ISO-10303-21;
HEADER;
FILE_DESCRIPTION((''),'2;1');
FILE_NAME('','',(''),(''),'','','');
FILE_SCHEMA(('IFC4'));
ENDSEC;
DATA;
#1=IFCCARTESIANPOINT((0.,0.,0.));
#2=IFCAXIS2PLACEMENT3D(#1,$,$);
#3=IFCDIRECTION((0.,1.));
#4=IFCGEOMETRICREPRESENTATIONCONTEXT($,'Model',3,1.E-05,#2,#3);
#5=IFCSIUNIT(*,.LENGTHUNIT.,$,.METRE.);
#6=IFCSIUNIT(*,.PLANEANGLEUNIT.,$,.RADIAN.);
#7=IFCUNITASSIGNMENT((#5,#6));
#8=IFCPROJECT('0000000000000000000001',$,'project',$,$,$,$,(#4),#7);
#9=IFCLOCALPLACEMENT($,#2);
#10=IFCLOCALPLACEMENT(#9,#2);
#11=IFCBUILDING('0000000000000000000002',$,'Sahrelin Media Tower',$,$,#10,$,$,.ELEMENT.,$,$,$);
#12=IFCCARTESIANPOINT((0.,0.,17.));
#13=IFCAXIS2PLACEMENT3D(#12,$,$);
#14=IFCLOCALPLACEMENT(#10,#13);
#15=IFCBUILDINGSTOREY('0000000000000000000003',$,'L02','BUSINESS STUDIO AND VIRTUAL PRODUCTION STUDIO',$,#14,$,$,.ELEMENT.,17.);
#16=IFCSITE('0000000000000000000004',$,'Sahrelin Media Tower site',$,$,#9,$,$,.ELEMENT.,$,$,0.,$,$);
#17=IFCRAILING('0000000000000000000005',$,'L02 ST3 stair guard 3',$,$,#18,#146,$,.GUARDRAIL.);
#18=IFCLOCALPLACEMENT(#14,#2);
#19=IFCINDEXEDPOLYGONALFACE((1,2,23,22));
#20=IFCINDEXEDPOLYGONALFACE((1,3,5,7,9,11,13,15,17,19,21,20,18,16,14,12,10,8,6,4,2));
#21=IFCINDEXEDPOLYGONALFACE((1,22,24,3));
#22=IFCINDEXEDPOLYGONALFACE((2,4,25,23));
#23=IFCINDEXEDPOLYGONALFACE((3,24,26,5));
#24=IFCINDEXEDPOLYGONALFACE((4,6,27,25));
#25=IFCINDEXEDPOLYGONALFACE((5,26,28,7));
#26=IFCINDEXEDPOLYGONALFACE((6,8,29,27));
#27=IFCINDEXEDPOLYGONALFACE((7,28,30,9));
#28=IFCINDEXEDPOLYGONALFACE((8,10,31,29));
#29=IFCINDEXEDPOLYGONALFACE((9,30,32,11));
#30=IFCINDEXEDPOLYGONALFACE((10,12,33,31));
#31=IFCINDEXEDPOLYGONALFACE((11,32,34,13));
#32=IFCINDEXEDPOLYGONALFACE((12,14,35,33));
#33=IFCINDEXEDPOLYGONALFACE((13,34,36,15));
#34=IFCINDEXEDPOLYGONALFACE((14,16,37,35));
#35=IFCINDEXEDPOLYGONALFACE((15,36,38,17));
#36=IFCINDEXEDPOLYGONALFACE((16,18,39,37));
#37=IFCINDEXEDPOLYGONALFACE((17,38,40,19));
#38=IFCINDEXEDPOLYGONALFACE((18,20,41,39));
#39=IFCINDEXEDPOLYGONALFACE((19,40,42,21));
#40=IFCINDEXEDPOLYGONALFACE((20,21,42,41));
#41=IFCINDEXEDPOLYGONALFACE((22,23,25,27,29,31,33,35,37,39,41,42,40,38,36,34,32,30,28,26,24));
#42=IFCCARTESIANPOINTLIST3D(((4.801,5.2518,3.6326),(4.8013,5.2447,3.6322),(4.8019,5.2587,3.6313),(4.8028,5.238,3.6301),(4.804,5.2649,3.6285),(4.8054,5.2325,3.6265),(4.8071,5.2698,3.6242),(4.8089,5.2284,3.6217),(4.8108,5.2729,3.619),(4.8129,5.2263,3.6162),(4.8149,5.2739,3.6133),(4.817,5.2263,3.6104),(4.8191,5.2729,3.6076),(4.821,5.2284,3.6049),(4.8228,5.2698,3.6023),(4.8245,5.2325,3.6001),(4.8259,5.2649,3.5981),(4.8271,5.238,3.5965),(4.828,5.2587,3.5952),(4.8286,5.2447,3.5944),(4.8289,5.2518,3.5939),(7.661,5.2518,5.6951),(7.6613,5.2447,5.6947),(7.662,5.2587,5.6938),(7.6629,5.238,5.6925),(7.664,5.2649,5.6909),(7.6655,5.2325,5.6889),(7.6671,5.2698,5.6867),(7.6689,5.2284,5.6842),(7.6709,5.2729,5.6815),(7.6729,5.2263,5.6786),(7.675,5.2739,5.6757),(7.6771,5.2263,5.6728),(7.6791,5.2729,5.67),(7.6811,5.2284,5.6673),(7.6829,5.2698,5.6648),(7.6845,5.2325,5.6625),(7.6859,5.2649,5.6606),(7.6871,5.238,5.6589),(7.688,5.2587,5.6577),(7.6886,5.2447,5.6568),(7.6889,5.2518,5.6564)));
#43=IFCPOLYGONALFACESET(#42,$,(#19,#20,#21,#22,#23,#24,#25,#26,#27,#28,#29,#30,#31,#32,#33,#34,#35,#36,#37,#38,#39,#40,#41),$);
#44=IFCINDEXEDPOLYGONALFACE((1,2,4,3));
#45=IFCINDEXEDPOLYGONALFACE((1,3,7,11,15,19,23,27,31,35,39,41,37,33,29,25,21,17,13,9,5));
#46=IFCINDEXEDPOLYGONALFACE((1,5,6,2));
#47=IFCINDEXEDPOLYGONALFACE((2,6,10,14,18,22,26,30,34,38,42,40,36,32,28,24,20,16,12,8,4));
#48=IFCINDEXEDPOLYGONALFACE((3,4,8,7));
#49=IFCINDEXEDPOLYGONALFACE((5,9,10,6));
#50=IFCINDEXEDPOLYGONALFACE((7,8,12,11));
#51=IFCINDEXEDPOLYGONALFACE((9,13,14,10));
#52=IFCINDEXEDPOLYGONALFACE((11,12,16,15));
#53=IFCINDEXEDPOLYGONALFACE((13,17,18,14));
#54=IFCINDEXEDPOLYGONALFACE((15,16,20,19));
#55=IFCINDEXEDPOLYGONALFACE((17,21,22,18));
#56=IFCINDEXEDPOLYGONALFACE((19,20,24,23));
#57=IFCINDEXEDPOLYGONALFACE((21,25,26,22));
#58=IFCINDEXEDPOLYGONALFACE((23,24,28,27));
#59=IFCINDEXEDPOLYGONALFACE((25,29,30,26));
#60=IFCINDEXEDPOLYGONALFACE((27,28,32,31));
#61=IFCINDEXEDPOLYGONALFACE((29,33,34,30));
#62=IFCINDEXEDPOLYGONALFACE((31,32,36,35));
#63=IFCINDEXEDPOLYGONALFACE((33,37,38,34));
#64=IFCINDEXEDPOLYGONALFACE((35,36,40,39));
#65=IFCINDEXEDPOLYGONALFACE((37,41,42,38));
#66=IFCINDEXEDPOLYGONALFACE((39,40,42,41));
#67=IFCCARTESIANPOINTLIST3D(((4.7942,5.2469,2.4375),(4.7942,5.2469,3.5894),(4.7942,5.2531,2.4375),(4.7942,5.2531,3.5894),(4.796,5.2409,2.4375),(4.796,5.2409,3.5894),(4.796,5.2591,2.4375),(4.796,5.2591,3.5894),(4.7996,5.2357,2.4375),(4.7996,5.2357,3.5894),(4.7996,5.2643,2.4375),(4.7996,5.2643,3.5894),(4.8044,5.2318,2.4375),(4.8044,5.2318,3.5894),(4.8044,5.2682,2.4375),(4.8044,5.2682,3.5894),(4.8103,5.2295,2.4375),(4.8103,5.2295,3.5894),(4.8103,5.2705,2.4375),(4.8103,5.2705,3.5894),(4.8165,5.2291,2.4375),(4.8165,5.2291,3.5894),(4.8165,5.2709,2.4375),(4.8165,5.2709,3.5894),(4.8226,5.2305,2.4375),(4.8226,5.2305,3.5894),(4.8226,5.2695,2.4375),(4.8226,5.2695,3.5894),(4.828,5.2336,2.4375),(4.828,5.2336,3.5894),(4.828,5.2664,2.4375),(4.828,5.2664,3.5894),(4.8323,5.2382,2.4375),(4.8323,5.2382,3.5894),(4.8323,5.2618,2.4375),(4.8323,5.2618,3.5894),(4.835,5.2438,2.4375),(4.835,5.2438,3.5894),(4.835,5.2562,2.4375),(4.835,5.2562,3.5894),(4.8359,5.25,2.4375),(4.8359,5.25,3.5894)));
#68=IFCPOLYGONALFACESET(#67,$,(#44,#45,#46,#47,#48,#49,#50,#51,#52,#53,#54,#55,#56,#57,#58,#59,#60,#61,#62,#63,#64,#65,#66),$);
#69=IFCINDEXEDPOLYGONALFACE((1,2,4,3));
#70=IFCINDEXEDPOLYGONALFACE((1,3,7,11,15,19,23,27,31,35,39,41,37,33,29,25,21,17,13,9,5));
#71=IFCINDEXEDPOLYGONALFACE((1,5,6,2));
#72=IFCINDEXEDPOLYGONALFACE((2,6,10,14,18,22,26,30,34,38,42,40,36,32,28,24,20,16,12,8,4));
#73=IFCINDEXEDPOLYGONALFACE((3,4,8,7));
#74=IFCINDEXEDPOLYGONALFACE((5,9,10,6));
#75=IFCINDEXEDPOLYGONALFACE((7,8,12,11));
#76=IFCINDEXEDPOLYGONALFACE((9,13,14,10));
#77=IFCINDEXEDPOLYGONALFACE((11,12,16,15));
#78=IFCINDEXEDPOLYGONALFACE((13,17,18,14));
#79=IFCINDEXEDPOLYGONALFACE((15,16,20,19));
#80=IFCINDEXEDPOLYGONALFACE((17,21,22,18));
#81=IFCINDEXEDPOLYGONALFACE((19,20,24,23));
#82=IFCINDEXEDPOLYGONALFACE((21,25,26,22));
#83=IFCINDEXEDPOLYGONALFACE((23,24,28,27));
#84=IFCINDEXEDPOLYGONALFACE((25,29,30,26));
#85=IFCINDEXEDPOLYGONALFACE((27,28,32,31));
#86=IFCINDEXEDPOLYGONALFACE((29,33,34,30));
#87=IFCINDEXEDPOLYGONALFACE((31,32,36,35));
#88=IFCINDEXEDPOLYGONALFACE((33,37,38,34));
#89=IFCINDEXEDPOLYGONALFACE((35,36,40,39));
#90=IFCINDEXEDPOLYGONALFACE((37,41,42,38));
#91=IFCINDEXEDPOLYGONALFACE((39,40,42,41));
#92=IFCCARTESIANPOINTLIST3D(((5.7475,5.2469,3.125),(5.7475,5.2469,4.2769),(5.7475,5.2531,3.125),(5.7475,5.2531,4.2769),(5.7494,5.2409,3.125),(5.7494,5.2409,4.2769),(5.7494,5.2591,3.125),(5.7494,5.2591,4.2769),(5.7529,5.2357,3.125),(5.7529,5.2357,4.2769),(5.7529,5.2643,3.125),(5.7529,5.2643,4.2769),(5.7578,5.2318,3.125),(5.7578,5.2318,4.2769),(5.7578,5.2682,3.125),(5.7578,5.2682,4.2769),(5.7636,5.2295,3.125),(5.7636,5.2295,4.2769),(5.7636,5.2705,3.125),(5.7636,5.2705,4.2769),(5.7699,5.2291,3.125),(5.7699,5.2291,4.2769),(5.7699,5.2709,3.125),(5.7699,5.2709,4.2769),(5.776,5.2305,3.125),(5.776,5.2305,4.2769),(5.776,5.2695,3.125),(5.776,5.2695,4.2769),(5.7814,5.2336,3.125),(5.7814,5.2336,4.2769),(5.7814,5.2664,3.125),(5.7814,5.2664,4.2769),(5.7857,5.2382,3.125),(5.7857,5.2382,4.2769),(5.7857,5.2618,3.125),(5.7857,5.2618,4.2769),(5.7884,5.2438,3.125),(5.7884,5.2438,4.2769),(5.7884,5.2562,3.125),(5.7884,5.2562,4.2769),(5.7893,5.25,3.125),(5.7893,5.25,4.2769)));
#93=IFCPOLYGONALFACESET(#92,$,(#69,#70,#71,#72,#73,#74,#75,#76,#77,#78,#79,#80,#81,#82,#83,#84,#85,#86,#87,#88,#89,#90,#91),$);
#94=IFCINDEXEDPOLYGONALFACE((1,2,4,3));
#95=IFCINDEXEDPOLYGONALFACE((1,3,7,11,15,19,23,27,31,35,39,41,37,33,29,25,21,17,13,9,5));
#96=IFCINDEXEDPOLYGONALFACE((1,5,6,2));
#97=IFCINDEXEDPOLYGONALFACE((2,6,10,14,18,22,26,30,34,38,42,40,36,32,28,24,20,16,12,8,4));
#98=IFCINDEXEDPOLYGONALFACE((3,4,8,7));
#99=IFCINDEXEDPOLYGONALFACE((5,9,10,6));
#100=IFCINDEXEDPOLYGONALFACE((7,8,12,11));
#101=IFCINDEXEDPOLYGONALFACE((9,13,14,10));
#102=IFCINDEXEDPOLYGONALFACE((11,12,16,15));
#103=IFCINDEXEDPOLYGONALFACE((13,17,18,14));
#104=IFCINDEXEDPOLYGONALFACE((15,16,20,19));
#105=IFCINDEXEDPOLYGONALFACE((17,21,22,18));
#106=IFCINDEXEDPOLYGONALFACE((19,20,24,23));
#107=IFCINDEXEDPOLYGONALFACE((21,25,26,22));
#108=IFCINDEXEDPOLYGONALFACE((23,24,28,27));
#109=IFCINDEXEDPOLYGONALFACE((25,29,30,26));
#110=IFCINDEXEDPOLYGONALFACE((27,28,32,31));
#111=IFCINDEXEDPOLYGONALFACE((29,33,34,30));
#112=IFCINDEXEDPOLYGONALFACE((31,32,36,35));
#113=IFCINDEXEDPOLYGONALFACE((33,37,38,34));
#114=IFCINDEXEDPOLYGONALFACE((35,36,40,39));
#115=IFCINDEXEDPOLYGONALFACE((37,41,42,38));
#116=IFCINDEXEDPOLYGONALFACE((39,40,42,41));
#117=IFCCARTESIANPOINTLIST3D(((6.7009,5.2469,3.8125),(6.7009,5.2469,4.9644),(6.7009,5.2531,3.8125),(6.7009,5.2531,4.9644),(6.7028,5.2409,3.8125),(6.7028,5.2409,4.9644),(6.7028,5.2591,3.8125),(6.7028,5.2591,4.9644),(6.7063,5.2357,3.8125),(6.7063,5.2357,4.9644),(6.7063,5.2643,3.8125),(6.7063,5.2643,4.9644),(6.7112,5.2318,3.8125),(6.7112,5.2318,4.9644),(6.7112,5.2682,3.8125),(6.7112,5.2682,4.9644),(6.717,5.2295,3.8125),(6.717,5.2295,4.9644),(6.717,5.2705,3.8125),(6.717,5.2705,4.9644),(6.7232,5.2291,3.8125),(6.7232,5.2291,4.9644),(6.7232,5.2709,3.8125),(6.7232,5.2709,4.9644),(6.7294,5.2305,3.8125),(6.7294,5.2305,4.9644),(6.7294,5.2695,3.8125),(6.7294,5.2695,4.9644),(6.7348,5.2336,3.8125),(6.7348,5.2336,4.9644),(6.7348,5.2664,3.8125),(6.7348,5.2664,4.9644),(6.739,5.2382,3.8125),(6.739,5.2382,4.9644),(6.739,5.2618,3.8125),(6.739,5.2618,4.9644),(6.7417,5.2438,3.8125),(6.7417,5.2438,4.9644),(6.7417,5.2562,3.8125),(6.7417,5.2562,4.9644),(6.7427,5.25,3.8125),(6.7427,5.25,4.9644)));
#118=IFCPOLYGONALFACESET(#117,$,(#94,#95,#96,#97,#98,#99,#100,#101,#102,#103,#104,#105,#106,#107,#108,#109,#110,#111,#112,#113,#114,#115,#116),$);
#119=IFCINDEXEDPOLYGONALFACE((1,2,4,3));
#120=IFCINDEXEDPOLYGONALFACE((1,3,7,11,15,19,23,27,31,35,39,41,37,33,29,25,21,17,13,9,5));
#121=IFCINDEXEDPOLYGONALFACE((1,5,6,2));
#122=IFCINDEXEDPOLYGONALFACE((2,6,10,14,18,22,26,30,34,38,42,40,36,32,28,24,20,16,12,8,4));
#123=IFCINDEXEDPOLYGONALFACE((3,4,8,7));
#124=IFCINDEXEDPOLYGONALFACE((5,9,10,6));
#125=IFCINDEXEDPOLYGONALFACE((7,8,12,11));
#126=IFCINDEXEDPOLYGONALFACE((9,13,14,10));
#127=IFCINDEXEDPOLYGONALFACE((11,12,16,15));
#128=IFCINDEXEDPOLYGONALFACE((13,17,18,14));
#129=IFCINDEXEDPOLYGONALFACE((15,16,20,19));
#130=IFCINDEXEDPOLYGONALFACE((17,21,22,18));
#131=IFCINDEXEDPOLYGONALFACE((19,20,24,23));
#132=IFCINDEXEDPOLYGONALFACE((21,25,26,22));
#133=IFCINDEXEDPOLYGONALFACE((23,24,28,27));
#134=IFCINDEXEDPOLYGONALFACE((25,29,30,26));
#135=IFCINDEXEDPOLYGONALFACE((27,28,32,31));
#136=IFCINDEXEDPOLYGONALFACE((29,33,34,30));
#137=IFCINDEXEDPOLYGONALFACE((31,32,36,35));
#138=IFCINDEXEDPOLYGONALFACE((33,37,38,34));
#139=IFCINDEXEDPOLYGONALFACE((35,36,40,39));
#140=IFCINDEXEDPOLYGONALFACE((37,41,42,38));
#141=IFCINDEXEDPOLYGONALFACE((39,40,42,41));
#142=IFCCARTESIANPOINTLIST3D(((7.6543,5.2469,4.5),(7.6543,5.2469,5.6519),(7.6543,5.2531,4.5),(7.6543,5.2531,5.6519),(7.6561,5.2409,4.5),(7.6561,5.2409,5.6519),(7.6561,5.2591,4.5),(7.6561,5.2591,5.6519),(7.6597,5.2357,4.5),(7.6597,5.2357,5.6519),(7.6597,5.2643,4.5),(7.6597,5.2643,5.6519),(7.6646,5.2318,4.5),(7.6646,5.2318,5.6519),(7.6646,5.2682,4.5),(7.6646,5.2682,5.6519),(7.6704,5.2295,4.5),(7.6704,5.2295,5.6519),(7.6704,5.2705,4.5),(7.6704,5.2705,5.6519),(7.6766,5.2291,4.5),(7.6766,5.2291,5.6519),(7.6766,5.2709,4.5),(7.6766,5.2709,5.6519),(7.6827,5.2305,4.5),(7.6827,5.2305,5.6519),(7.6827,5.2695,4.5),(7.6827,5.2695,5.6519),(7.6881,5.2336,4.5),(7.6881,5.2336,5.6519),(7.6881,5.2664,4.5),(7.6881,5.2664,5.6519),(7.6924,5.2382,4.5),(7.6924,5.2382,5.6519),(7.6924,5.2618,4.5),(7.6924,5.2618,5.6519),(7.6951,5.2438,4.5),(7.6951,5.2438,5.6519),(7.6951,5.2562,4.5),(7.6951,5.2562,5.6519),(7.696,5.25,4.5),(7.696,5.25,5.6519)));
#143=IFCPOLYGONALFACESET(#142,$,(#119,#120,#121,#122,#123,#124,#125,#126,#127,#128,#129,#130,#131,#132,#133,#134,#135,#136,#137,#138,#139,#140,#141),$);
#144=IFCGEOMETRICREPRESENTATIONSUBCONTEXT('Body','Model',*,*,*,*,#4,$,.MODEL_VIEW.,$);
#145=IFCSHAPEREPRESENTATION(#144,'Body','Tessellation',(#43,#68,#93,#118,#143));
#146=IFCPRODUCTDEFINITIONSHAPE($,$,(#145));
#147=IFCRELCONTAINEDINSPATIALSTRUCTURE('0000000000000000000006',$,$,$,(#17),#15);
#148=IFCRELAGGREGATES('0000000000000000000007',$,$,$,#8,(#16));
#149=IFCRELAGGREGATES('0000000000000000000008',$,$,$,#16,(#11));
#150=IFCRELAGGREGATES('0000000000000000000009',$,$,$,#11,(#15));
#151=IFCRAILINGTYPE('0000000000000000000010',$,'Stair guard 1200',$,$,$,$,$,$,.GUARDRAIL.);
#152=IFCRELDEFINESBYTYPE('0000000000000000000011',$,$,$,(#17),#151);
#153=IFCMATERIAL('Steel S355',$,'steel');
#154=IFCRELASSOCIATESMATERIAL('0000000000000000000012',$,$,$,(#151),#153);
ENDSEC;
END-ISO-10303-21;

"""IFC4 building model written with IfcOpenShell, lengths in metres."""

from ifc_helpers import new_model, si_unit, direction, frame, origin, origin_2d, place, context, subcontext, project, spatial, circle, extrude, material, type_object, element, save


model = new_model("IFC4")

# Units and contexts
model_context = context("Model", 3, precision=1e-05, world=origin(), true_north=direction((0.0, 1.0)))
body_context = subcontext(model_context, "Body", "Model", "MODEL_VIEW")
ifc_project = project(units=[si_unit("LENGTHUNIT", "METRE"), si_unit("PLANEANGLEUNIT", "RADIAN")], contexts=[model_context])

# Site, building, storey
site_placement = place(None, origin())
site = spatial("IfcSite", under=ifc_project, at=site_placement, Name="Sahrelin Media Tower site", CompositionType="ELEMENT", RefElevation=0.0)
building_placement = place(site_placement, origin())
building = spatial("IfcBuilding", under=site, at=building_placement, Name="Sahrelin Media Tower", CompositionType="ELEMENT")
storey_placement = place(building_placement, frame((0.0, 0.0, 17.0)))
storey = spatial("IfcBuildingStorey", under=building, at=storey_placement, Name="L02", Description="BUSINESS STUDIO AND VIRTUAL PRODUCTION STUDIO", CompositionType="ELEMENT", Elevation=17.0)

# Shared definitions
ifc_material_1 = material(Name="Steel S355", Category="steel")

# Railing
railing_type_1 = type_object("IfcRailingType", Name="Stair guard 1200", PredefinedType="GUARDRAIL", material=ifc_material_1)
railing_1_placement = place(storey_placement, frame((4.8149, 5.25, 2.4375)))
element("IfcRailing", 1, at=railing_1_placement, inside=storey, type_object=railing_type_1, Name="L02 ST3 stair guard 3", PredefinedType="GUARDRAIL", context=body_context, shape_type="SweptSolid", body=[
    extrude(circle(Radius=0.0239, at=origin_2d()), frame((0.0, 0.0, 1.1758), z_axis=(0.811101, 0.0, 0.584906), x_axis=(0.0, 1.0, 0.0)), (0.0, 0.0, 1.0), 3.5261),
    extrude(circle(Radius=0.021, at=origin_2d()), origin(), (0.0, 0.0, 1.0), 1.1519),
    extrude(circle(Radius=0.021, at=origin_2d()), frame((0.9534, 0.0, 0.6875)), (0.0, 0.0, 1.0), 1.1519),
    extrude(circle(Radius=0.021, at=origin_2d()), frame((1.9067, 0.0, 1.375)), (0.0, 0.0, 1.0), 1.1519),
    extrude(circle(Radius=0.021, at=origin_2d()), frame((2.8601, 0.0, 2.0625)), (0.0, 0.0, 1.0), 1.1519),
])

save(model, "model.ifc")
